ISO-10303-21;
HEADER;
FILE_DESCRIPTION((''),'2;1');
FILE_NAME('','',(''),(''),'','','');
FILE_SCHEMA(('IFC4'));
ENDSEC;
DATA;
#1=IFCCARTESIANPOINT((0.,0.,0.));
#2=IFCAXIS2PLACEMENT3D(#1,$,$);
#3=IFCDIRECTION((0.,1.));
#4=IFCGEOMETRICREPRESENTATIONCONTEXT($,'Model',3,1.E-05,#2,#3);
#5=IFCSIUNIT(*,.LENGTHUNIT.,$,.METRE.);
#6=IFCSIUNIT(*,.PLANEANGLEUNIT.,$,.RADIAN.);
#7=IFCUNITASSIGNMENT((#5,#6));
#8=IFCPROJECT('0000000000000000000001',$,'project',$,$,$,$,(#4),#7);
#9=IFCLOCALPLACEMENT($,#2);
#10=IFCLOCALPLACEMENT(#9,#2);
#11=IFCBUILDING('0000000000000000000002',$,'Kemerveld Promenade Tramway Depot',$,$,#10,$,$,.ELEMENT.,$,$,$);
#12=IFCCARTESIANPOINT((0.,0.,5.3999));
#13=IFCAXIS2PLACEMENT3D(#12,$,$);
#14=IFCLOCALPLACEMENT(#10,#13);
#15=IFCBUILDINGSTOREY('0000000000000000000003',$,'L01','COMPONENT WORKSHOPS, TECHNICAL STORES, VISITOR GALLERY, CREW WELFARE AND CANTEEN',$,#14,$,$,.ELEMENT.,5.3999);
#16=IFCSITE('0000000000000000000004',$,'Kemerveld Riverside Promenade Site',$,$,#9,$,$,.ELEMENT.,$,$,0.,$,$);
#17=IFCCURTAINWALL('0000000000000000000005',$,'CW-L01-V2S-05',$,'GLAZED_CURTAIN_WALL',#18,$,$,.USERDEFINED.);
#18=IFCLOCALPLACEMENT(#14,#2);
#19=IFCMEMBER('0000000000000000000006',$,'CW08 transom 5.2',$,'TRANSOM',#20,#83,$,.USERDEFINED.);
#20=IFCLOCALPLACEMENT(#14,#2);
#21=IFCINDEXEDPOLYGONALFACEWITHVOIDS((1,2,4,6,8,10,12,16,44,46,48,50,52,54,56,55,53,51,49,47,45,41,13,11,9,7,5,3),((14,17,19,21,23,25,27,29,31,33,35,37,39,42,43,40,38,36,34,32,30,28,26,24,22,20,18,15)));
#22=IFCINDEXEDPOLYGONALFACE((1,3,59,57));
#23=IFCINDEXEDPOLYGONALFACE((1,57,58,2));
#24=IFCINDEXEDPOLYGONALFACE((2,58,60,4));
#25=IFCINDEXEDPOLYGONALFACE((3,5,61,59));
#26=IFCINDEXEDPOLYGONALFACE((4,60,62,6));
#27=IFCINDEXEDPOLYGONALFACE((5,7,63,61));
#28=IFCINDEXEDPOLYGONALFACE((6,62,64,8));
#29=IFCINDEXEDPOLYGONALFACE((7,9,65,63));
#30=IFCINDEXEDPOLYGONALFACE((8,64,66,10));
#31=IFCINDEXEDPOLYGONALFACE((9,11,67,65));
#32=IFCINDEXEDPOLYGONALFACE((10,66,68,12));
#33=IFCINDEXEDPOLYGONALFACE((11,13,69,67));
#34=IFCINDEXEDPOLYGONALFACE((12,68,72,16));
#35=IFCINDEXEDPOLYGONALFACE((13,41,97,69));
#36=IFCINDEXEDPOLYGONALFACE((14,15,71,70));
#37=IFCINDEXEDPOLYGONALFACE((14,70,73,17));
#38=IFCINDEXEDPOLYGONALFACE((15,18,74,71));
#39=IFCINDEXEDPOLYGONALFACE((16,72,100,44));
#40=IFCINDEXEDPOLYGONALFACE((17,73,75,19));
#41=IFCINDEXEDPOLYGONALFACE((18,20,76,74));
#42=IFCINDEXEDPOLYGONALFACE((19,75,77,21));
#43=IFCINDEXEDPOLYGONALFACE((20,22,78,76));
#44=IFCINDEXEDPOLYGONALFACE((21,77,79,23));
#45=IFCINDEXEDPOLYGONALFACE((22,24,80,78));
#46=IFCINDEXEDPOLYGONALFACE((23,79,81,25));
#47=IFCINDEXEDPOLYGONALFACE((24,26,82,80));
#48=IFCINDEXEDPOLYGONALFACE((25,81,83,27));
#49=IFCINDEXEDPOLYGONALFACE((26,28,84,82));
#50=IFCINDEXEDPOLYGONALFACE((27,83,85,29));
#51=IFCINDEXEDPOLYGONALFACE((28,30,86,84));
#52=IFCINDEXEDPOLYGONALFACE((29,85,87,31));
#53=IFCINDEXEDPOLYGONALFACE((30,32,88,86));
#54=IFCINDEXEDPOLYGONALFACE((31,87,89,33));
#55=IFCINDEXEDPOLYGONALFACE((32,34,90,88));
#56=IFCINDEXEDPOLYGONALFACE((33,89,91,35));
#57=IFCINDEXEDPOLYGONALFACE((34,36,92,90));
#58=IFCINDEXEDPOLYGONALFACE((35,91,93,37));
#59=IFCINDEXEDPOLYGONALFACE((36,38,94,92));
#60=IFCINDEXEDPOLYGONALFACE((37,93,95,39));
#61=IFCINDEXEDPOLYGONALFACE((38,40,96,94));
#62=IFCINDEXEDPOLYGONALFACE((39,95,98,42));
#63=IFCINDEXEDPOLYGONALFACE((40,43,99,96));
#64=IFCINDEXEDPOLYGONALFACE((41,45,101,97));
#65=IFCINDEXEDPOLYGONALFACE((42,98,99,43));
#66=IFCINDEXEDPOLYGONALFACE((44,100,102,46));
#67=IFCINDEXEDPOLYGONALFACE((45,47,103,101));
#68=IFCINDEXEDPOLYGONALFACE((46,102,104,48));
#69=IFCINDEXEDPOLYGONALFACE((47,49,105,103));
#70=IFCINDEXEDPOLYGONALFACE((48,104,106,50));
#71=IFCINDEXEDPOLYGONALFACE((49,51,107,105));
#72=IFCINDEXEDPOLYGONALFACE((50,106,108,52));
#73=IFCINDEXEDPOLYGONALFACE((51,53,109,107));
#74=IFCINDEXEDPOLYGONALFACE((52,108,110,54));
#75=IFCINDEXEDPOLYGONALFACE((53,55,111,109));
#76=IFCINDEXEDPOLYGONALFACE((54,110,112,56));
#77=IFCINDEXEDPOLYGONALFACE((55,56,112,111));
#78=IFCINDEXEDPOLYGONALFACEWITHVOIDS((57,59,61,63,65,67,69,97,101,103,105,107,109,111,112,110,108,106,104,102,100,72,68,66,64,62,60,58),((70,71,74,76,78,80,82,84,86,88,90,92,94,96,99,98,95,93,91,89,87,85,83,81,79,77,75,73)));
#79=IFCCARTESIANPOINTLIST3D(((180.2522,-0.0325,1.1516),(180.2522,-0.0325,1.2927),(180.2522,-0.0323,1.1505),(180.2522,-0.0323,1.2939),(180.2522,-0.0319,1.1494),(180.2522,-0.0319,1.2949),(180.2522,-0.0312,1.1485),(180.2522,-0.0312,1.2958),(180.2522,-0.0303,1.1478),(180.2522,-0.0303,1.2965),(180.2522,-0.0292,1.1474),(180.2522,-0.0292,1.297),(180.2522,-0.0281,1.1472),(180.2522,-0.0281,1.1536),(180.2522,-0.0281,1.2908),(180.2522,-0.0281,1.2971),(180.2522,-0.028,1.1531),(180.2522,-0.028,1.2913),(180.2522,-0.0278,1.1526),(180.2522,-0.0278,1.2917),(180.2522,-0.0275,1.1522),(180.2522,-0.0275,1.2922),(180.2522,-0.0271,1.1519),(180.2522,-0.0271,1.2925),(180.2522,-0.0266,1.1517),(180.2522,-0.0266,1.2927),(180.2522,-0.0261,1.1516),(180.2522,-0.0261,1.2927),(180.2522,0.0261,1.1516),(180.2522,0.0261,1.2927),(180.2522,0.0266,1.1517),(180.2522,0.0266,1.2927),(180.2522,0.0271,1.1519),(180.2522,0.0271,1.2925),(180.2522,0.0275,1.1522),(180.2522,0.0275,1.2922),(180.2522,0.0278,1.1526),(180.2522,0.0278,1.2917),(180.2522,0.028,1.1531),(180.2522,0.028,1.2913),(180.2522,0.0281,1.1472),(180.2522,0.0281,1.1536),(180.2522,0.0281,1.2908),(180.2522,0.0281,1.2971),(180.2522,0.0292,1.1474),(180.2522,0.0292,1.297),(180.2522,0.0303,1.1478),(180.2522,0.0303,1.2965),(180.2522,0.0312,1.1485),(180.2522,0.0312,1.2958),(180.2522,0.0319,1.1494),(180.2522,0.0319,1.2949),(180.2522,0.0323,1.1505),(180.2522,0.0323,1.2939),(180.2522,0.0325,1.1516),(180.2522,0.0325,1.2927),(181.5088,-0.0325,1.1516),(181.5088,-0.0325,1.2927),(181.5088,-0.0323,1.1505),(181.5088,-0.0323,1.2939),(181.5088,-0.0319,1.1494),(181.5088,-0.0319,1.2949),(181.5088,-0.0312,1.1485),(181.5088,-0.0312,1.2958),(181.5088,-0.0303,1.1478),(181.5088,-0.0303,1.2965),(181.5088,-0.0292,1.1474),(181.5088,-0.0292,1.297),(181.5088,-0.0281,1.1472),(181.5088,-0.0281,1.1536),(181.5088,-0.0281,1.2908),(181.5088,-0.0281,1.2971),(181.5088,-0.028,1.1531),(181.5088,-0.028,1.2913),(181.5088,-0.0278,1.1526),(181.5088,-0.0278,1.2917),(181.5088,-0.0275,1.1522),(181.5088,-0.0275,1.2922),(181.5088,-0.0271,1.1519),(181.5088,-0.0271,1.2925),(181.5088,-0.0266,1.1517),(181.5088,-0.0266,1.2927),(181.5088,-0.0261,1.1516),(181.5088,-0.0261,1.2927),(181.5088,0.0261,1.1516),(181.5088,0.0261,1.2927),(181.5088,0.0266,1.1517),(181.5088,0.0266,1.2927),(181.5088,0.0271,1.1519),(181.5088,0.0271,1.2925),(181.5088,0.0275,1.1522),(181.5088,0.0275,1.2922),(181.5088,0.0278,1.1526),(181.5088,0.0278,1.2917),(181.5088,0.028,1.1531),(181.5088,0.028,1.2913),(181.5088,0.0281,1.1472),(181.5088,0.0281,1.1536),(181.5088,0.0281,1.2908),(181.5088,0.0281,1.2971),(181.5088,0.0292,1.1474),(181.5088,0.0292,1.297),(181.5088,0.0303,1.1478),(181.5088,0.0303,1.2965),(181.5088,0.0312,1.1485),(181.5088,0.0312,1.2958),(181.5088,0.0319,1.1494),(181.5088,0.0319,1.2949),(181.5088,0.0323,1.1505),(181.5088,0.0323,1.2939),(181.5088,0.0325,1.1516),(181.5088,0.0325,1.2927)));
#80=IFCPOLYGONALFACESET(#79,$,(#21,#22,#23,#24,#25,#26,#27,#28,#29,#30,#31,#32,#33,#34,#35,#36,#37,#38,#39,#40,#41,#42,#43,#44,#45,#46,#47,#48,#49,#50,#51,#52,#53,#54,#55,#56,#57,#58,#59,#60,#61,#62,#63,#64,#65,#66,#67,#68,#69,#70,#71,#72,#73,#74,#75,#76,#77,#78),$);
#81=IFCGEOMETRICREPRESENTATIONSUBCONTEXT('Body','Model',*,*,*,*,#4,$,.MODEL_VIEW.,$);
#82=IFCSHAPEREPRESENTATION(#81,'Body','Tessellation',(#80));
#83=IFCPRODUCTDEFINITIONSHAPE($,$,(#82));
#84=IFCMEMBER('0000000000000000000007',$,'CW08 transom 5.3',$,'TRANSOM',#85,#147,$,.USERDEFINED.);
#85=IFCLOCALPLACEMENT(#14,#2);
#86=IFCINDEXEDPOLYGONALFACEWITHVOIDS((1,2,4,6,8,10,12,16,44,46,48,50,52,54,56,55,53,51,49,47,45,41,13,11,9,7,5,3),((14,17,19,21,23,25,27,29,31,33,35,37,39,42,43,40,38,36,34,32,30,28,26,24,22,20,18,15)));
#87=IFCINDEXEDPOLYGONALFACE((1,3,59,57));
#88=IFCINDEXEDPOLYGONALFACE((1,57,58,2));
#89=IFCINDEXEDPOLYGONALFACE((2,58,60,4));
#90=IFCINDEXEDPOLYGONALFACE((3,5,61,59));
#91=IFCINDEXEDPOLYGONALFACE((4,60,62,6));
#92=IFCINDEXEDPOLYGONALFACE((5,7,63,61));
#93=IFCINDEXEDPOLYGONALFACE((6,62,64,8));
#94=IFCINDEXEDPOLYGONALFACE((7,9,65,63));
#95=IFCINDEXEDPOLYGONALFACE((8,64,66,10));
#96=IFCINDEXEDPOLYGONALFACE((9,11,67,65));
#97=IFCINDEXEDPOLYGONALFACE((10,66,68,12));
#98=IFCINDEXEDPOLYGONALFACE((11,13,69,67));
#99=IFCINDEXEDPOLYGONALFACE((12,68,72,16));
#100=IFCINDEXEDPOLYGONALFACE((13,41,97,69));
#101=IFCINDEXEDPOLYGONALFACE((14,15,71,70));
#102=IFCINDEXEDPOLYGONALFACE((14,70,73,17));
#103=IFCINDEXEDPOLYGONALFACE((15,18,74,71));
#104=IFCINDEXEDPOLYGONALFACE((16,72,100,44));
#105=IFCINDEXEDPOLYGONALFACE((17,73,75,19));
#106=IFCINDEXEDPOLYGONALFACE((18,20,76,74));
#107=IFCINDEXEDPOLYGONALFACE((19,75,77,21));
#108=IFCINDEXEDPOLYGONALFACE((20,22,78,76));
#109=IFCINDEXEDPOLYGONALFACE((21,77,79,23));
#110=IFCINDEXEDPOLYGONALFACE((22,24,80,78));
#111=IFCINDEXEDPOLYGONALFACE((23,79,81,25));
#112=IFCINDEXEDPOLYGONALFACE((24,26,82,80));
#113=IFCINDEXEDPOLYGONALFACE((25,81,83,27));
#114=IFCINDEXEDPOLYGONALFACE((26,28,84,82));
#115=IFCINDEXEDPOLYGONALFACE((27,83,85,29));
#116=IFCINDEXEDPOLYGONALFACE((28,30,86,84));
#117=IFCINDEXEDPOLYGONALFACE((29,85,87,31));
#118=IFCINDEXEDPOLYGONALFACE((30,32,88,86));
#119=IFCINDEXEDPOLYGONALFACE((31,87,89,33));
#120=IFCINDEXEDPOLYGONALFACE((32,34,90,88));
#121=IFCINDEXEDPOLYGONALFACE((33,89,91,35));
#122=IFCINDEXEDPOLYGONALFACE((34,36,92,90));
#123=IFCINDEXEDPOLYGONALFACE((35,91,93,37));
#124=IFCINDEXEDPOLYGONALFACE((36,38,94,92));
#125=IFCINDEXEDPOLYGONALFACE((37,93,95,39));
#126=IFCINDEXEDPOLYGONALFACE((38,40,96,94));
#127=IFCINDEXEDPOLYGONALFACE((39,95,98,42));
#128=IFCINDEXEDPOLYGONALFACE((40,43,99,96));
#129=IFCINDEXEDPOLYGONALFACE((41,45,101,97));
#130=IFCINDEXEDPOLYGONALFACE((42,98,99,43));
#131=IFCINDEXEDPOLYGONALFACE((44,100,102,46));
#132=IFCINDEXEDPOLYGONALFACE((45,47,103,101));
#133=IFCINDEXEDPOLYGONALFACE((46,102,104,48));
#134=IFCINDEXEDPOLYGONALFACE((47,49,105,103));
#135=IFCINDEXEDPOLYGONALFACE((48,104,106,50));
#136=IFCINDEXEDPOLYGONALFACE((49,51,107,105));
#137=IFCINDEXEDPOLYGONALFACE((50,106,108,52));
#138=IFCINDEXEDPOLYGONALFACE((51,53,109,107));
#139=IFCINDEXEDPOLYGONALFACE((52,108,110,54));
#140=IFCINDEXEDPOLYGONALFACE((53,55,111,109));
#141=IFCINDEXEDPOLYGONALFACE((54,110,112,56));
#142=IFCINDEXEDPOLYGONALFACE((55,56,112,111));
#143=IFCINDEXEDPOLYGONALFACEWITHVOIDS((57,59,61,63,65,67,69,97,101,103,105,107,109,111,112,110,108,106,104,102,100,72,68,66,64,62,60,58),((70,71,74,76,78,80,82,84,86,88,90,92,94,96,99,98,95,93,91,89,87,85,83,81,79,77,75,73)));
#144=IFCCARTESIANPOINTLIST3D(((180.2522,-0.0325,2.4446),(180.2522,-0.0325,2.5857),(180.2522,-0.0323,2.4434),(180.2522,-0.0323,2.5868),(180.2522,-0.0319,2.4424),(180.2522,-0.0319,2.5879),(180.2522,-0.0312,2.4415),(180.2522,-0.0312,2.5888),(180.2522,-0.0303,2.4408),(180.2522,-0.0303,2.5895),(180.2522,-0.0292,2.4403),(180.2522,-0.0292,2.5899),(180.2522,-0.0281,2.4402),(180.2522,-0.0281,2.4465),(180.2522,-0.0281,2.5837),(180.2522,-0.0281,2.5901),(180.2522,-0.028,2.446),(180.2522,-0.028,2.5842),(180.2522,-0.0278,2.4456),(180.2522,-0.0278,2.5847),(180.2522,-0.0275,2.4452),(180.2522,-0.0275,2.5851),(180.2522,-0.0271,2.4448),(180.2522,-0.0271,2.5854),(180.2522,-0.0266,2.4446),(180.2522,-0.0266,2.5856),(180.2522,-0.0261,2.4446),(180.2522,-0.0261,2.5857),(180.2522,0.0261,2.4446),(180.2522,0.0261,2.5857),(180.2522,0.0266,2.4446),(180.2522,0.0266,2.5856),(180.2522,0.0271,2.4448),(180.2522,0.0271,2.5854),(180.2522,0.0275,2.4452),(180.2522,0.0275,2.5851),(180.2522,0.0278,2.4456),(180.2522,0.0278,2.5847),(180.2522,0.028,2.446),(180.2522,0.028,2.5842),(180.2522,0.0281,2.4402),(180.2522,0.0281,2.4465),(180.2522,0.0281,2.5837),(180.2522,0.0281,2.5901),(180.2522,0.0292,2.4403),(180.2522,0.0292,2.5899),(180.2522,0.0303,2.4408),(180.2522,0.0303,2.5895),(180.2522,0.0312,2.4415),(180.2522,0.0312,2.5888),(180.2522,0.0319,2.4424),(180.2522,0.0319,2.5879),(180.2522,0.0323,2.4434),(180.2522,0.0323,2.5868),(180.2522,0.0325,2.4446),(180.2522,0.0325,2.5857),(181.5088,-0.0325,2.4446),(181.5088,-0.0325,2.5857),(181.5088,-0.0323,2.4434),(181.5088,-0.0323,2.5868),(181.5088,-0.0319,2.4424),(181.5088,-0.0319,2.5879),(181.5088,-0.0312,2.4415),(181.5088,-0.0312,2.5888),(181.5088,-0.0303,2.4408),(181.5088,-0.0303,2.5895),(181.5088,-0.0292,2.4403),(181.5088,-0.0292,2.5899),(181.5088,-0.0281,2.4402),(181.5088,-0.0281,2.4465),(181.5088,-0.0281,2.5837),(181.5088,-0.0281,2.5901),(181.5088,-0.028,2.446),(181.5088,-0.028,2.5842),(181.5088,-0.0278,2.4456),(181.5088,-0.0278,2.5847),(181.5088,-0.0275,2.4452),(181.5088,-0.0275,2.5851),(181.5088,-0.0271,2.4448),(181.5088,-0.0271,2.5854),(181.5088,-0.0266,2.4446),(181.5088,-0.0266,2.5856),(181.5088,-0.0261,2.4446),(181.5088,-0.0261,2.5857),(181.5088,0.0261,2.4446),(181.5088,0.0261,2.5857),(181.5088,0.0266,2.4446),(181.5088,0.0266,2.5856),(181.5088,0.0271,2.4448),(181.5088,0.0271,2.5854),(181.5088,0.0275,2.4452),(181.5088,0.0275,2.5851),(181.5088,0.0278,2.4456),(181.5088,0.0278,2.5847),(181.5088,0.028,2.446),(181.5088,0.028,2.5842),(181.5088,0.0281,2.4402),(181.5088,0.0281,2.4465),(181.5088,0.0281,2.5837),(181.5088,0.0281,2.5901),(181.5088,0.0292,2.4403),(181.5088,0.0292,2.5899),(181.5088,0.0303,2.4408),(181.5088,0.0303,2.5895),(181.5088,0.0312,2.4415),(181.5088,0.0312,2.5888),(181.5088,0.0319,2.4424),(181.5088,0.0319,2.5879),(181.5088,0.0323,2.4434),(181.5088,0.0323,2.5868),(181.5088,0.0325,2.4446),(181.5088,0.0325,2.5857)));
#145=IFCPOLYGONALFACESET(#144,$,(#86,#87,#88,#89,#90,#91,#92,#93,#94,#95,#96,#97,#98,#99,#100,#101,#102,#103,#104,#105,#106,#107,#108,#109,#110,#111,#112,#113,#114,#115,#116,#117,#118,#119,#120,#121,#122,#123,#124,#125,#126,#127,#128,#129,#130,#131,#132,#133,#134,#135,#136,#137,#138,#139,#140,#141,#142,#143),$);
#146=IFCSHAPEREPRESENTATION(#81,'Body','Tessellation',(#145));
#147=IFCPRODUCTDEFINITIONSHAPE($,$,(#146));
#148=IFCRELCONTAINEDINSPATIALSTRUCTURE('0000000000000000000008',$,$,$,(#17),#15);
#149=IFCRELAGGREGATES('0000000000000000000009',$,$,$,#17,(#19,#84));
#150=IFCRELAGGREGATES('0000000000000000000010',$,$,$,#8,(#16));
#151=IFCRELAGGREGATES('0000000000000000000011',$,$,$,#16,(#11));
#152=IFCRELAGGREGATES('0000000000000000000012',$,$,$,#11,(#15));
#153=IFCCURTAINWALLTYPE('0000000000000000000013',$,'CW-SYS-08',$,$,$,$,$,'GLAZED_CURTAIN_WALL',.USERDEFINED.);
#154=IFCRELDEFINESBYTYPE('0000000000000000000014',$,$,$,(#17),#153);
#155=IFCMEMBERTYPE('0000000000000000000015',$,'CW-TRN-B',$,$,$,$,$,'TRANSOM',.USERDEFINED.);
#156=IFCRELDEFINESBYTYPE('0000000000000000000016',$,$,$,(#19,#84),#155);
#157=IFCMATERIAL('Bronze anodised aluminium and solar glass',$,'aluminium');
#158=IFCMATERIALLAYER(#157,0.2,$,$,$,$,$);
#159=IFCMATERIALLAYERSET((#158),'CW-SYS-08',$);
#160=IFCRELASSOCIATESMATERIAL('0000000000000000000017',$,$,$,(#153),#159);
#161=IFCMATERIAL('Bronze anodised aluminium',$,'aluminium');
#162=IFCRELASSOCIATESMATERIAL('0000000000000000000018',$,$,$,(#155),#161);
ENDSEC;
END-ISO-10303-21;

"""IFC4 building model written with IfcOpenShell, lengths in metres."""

from ifc_helpers import new_model, si_unit, direction, frame, origin, origin_2d, place, context, subcontext, project, spatial, hollow_rectangle, extrude, material, layer, layer_set, material_profile, profile_set, type_object, element, aggregate, save


model = new_model("IFC4")

# Units and contexts
model_context = context("Model", 3, precision=1e-05, world=origin(), true_north=direction((0.0, 1.0)))
body_context = subcontext(model_context, "Body", "Model", "MODEL_VIEW")
ifc_project = project(units=[si_unit("LENGTHUNIT", "METRE"), si_unit("PLANEANGLEUNIT", "RADIAN")], contexts=[model_context])

# Site, building, storey
site_placement = place(None, origin())
site = spatial("IfcSite", under=ifc_project, at=site_placement, Name="Kemerveld Riverside Promenade Site", CompositionType="ELEMENT", RefElevation=0.0)
building_placement = place(site_placement, origin())
building = spatial("IfcBuilding", under=site, at=building_placement, Name="Kemerveld Promenade Tramway Depot", CompositionType="ELEMENT")
storey_placement = place(building_placement, frame((0.0, 0.0, 5.3999)))
storey = spatial("IfcBuildingStorey", under=building, at=storey_placement, Name="L01", Description="COMPONENT WORKSHOPS, TECHNICAL STORES, VISITOR GALLERY, CREW WELFARE AND CANTEEN", CompositionType="ELEMENT", Elevation=5.3999)

# Curtain wall, members
ifc_material_1 = material(Name="Bronze anodised aluminium and solar glass", Category="aluminium")
ifc_layer_1 = layer(ifc_material_1, 0.2)
ifc_layer_set_1 = layer_set([ifc_layer_1], Name="CW-SYS-08")
curtain_wall_type = type_object("IfcCurtainWallType", Name="CW-SYS-08", ElementType="GLAZED_CURTAIN_WALL", PredefinedType="USERDEFINED", material=ifc_layer_set_1)
curtain_wall_placement = place(storey_placement, origin())
curtain_wall = element("IfcCurtainWall", 1, at=curtain_wall_placement, inside=storey, type_object=curtain_wall_type, Name="CW-L01-V2S-05", ObjectType="GLAZED_CURTAIN_WALL", PredefinedType="USERDEFINED")
ifc_material_2 = material(Name="Bronze anodised aluminium", Category="aluminium")
ifc_material_profile_1 = material_profile(ifc_material_2, hollow_rectangle(XDim=0.0649, YDim=0.1499, WallThickness=0.0044, InnerFilletRadius=0.002, OuterFilletRadius=0.0044, at=origin_2d()), Name="CW-TRN-150x65")
ifc_profile_set_1 = profile_set([ifc_material_profile_1], Name="Bronze anodised aluminium")
member_type_1 = type_object("IfcMemberType", Name="CW-TRN-B", ElementType="TRANSOM", PredefinedType="USERDEFINED", material=ifc_profile_set_1)
member_1_placement = place(storey_placement, frame((181.5088, 0.0, 1.2222), z_axis=(-1.0, 0.0, 0.0), x_axis=(0.0, -1.0, 0.0)))
member_1 = element("IfcMember", 2, at=member_1_placement, type_object=member_type_1, Name="CW08 transom 5.2", ObjectType="TRANSOM", PredefinedType="USERDEFINED", context=body_context, shape_type="SweptSolid", body=[
    extrude(hollow_rectangle(XDim=0.0649, YDim=0.1499, WallThickness=0.0044, InnerFilletRadius=0.002, OuterFilletRadius=0.0044, at=origin_2d()), origin(), (0.0, 0.0, 1.0), 1.2566),
])
member_2_placement = place(storey_placement, frame((181.5088, 0.0, 2.5151), z_axis=(-1.0, 0.0, 0.0), x_axis=(0.0, -1.0, 0.0)))
member_2 = element("IfcMember", 3, at=member_2_placement, type_object=member_type_1, Name="CW08 transom 5.3", ObjectType="TRANSOM", PredefinedType="USERDEFINED", context=body_context, shape_type="SweptSolid", body=[
    extrude(hollow_rectangle(XDim=0.0649, YDim=0.1499, WallThickness=0.0044, InnerFilletRadius=0.002, OuterFilletRadius=0.0044, at=origin_2d()), origin(), (0.0, 0.0, 1.0), 1.2566),
])

aggregate(curtain_wall, [member_1, member_2])

save(model, "model.ifc")
